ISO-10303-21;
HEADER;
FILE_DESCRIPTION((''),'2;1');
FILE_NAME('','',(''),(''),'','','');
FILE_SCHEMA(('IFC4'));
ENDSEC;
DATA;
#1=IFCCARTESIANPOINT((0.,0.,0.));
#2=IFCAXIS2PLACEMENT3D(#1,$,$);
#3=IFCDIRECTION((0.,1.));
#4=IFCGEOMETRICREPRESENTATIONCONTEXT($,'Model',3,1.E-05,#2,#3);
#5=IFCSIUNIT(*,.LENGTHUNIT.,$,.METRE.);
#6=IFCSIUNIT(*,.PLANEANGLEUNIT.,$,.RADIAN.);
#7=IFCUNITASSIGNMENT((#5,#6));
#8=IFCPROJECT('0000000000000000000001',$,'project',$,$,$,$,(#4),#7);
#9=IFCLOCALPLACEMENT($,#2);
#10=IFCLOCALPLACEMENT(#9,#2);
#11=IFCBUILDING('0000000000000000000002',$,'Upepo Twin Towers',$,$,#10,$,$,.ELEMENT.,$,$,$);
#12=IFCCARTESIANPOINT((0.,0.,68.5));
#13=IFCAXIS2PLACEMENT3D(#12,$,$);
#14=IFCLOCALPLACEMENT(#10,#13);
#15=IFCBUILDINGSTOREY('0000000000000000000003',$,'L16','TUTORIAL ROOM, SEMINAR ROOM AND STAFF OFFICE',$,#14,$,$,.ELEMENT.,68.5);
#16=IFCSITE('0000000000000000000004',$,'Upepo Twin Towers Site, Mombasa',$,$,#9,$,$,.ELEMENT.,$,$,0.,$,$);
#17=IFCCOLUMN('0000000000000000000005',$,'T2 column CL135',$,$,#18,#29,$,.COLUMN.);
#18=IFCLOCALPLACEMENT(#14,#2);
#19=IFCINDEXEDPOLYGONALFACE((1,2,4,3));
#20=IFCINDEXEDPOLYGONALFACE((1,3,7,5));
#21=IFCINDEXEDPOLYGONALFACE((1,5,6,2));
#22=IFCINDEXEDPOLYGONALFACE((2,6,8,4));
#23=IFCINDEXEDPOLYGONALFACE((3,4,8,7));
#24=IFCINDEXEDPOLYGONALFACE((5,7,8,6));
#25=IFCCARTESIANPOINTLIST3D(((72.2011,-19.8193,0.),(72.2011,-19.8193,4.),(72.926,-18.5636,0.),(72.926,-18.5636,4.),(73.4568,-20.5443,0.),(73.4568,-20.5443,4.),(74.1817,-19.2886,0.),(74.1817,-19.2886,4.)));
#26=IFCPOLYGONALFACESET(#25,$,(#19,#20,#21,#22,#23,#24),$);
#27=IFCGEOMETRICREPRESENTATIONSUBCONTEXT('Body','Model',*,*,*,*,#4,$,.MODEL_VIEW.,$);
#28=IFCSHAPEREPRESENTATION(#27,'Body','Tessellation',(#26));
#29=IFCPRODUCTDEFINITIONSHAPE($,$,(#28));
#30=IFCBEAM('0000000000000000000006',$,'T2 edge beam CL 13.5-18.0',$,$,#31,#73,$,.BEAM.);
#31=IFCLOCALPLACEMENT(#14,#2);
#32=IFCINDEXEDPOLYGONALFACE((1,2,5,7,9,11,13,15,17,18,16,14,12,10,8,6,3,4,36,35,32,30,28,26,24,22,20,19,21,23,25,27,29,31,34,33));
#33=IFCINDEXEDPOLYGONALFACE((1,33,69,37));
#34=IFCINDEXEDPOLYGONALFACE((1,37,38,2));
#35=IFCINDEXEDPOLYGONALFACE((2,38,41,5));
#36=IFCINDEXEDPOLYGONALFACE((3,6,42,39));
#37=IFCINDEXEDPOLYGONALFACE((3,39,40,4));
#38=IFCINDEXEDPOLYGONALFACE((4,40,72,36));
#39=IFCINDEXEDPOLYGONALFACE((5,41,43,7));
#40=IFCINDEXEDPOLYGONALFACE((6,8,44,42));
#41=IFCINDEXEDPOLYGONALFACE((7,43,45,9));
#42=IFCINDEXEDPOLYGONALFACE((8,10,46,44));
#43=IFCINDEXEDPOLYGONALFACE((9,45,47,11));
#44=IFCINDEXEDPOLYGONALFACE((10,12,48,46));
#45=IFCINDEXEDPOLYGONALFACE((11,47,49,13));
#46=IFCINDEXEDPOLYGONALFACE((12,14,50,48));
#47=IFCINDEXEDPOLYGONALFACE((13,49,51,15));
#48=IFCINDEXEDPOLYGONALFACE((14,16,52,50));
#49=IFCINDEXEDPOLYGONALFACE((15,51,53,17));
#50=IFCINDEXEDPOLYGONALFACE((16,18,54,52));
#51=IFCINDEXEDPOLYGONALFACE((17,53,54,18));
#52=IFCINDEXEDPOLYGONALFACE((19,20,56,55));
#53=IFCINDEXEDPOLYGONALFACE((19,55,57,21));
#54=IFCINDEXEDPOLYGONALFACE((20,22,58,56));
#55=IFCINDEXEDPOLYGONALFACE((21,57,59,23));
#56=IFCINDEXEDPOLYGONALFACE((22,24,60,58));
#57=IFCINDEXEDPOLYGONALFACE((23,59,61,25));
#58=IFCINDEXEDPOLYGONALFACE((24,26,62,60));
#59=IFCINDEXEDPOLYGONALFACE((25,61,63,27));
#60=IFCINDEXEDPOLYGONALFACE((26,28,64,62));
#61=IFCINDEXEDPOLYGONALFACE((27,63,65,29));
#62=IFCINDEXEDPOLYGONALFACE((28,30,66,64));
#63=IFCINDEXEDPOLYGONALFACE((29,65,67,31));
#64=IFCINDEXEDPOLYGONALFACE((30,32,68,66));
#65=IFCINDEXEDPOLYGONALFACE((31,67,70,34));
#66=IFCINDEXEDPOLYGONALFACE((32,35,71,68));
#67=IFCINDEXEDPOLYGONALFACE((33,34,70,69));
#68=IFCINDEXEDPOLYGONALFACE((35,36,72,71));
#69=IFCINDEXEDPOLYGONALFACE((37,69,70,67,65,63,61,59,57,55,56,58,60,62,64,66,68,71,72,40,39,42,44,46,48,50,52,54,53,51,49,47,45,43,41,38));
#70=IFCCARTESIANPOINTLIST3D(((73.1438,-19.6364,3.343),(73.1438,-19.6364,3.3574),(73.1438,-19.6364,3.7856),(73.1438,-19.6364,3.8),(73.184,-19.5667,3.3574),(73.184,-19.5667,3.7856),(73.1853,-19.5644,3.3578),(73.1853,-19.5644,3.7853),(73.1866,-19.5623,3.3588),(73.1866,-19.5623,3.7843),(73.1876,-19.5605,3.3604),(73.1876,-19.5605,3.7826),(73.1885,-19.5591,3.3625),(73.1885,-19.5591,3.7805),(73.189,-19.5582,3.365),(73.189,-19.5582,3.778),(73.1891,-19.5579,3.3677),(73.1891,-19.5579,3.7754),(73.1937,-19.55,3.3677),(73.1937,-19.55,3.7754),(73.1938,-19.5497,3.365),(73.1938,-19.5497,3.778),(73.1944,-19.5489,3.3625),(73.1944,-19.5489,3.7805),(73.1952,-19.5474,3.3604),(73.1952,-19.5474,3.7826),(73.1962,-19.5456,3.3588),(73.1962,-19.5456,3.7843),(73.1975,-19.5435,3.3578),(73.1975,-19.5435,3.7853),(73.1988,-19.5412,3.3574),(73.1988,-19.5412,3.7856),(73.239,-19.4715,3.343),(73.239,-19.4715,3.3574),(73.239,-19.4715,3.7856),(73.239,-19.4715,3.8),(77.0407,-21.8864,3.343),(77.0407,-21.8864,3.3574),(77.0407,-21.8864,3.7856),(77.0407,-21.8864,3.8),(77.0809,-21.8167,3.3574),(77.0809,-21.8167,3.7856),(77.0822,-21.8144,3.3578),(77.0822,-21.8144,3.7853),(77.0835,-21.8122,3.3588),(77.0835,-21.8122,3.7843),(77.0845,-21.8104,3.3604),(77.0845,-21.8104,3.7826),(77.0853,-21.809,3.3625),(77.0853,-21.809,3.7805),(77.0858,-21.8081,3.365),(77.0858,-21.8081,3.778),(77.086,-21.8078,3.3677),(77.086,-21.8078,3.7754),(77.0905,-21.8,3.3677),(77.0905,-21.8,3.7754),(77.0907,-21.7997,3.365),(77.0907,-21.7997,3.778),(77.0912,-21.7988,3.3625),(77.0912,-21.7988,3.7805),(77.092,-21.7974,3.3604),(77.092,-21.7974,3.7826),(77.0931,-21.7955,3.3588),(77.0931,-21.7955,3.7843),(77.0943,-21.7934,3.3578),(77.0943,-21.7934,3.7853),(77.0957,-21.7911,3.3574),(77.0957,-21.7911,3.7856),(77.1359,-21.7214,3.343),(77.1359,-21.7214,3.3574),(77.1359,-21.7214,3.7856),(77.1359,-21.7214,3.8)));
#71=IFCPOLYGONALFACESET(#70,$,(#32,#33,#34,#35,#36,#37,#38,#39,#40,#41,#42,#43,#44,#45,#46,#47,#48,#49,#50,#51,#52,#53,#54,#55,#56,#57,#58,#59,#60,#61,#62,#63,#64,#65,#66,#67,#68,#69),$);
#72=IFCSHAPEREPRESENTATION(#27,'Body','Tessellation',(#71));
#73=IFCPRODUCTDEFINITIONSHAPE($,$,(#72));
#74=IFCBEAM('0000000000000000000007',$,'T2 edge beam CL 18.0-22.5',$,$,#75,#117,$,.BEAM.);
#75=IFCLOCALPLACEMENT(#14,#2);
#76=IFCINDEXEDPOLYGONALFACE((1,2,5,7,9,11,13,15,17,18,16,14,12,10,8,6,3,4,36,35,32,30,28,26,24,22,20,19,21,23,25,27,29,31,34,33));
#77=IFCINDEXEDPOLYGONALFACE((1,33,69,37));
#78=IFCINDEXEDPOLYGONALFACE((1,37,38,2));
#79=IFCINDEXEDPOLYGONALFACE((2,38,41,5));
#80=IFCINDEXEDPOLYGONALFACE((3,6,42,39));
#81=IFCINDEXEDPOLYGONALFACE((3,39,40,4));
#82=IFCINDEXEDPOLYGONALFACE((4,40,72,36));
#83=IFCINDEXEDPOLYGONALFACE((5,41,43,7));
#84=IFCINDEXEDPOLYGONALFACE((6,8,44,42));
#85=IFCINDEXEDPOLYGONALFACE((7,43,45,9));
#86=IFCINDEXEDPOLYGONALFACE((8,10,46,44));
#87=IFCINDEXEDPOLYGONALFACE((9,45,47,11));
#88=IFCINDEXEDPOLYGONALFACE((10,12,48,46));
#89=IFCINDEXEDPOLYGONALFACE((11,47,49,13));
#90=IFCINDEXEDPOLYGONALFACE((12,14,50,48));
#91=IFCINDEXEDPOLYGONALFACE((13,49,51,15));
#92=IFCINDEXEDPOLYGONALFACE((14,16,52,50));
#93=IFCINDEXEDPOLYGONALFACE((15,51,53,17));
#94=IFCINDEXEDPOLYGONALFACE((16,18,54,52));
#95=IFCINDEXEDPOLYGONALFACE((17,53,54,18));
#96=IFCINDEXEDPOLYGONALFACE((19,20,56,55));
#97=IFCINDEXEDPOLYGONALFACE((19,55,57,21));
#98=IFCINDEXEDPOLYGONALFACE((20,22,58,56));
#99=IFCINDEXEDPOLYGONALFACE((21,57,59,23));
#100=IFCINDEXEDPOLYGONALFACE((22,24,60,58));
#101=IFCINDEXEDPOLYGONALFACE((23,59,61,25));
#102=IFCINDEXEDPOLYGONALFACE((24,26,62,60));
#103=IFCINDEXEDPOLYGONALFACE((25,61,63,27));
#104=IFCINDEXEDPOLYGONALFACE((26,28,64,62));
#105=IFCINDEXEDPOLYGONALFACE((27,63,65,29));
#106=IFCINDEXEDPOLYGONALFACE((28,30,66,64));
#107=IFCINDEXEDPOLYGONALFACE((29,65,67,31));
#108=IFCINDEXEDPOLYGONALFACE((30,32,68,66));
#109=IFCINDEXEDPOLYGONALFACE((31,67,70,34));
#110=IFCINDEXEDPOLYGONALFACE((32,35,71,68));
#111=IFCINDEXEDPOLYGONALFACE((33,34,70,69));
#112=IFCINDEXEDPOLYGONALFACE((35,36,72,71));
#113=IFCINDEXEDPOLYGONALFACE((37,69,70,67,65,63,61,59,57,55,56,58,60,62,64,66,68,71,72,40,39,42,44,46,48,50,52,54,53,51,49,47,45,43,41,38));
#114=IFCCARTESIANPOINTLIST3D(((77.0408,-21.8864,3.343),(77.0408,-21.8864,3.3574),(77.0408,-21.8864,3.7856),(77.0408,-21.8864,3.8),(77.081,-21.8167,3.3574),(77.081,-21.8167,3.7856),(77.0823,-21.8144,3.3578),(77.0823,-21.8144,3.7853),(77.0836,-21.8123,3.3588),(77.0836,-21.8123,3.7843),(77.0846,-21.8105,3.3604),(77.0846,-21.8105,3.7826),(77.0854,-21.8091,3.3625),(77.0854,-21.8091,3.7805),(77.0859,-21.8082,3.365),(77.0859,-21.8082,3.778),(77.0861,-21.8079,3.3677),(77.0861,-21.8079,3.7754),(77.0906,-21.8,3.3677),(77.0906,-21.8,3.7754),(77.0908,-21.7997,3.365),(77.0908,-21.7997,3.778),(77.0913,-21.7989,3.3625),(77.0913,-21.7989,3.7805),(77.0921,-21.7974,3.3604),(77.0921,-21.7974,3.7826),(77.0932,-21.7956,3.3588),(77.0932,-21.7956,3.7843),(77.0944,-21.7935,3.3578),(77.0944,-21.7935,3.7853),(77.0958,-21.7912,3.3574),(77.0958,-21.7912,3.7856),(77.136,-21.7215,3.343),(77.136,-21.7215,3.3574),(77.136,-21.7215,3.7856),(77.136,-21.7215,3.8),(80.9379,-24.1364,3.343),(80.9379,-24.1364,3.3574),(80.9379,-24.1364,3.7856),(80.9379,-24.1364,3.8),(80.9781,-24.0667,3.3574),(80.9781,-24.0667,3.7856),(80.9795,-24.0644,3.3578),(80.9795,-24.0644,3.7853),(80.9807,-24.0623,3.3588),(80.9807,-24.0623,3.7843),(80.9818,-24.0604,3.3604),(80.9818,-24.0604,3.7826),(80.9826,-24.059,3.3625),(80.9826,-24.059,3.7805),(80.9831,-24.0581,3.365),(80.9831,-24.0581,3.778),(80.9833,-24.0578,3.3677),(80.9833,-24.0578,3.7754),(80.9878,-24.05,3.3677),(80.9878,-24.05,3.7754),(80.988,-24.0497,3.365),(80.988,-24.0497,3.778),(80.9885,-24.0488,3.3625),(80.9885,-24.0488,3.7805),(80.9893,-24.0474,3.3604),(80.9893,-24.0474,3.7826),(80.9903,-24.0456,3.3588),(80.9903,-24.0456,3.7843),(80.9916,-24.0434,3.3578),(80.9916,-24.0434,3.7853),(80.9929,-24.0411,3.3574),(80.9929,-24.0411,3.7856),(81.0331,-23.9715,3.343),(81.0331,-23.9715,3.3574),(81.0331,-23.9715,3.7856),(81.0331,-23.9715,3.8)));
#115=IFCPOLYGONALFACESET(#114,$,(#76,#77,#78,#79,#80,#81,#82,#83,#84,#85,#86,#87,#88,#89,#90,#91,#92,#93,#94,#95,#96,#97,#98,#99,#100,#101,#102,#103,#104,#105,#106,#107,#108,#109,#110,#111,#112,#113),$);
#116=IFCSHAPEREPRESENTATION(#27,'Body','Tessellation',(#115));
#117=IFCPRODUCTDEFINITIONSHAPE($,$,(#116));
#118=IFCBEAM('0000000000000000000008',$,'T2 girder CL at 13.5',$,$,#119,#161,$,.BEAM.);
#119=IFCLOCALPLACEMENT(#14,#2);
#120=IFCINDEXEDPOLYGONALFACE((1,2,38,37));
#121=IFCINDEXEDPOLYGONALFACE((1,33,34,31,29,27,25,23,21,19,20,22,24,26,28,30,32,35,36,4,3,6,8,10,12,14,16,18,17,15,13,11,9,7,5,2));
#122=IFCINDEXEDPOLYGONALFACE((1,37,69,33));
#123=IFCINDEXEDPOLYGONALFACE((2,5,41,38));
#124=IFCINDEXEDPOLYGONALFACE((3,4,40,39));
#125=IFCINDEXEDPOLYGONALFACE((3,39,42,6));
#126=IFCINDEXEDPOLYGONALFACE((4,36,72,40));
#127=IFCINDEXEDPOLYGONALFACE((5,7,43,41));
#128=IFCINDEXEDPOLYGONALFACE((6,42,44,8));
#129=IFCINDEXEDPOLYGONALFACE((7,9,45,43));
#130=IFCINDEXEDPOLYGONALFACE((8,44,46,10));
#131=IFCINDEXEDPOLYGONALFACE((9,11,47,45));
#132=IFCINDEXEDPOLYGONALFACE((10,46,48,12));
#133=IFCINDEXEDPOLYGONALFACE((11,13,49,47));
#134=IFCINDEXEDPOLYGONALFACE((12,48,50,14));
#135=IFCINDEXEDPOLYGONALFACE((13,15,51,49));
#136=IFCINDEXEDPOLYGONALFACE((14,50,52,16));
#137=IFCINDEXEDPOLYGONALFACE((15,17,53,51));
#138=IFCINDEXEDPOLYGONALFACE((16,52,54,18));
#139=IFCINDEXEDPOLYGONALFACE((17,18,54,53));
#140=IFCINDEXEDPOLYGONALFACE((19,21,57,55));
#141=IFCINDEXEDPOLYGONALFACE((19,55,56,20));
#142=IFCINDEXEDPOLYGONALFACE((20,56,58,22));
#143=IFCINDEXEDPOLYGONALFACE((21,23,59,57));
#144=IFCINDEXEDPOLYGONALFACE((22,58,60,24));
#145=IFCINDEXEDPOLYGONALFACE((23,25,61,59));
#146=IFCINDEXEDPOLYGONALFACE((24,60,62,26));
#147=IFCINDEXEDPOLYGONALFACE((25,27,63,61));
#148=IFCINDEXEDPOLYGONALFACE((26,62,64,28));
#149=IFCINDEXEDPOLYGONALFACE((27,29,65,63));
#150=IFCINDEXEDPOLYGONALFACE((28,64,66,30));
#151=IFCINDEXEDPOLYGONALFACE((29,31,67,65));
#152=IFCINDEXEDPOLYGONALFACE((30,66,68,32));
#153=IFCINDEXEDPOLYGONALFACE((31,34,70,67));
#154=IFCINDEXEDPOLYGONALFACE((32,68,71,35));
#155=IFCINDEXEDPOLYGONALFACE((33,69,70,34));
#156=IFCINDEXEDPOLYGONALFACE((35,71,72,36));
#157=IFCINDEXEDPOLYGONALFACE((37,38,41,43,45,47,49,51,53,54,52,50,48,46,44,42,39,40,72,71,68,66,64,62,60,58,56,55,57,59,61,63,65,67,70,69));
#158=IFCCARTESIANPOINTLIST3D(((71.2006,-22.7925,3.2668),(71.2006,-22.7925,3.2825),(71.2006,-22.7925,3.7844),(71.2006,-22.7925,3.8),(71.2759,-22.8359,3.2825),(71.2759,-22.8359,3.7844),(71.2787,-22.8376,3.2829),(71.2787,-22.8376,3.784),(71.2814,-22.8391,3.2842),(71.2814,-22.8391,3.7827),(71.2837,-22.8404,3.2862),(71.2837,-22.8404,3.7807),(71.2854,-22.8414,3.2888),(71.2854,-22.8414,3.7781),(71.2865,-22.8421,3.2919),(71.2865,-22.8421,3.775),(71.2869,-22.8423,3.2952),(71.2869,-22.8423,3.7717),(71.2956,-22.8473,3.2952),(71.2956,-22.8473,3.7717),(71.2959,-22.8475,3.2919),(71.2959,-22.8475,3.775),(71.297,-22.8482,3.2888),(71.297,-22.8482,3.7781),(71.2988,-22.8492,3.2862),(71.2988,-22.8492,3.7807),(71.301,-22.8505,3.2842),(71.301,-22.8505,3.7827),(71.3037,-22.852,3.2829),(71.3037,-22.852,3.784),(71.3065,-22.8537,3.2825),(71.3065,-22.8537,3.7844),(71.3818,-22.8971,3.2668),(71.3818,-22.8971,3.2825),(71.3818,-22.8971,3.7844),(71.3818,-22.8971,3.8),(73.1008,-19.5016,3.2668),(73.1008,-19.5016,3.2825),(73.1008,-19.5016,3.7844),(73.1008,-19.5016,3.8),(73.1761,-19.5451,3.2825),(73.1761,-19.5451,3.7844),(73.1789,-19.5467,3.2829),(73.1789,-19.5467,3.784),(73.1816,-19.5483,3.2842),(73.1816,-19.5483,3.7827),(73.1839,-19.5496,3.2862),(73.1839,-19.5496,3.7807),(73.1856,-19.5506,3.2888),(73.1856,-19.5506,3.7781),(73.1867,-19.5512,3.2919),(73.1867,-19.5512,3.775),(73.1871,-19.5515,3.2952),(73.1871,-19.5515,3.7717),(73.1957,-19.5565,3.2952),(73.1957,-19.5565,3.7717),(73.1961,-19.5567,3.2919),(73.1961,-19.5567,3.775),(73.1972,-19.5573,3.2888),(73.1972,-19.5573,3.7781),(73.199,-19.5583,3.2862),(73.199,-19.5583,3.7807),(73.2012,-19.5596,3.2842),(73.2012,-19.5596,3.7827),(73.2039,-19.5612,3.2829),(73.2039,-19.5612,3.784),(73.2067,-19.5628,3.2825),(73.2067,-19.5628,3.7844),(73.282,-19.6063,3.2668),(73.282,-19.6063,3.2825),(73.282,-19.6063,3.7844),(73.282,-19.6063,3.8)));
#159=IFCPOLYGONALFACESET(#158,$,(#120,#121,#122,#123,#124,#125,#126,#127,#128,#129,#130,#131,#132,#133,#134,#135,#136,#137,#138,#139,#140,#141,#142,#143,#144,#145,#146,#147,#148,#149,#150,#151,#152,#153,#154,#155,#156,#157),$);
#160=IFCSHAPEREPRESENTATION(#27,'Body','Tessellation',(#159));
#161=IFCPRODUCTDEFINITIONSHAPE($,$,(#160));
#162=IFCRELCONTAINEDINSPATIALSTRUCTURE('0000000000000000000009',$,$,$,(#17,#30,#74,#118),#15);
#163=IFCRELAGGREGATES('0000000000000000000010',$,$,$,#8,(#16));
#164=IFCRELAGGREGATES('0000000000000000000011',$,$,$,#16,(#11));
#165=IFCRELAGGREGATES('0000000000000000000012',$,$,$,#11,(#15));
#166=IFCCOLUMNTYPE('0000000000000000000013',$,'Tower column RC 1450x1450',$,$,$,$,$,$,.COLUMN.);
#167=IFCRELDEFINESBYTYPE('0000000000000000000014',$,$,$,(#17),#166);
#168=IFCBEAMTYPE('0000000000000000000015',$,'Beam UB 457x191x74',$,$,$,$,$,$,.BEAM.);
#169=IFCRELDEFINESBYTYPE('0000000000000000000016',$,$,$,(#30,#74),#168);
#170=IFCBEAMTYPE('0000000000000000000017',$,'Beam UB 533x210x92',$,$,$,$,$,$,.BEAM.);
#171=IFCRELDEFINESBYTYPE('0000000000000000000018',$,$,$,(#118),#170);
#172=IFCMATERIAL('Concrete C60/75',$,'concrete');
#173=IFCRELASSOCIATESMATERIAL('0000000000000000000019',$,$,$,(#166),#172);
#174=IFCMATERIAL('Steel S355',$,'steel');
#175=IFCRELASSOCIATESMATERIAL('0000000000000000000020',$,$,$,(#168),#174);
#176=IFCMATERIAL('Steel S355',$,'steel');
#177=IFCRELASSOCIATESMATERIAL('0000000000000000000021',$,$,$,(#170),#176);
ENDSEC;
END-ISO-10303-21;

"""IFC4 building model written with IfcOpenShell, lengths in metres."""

from ifc_helpers import new_model, si_unit, direction, frame, origin, origin_2d, place, context, subcontext, project, spatial, rectangle, i_section, extrude, material, material_profile, profile_set, type_object, element, save


model = new_model("IFC4")

# Units and contexts
model_context = context("Model", 3, precision=1e-05, world=origin(), true_north=direction((0.0, 1.0)))
body_context = subcontext(model_context, "Body", "Model", "MODEL_VIEW")
ifc_project = project(units=[si_unit("LENGTHUNIT", "METRE"), si_unit("PLANEANGLEUNIT", "RADIAN")], contexts=[model_context])

# Site, building, storey
site_placement = place(None, origin())
site = spatial("IfcSite", under=ifc_project, at=site_placement, Name="Upepo Twin Towers Site, Mombasa", CompositionType="ELEMENT", RefElevation=0.0)
building_placement = place(site_placement, origin())
building = spatial("IfcBuilding", under=site, at=building_placement, Name="Upepo Twin Towers", CompositionType="ELEMENT")
storey_placement = place(building_placement, frame((0.0, 0.0, 68.5)))
storey = spatial("IfcBuildingStorey", under=building, at=storey_placement, Name="L16", Description="TUTORIAL ROOM, SEMINAR ROOM AND STAFF OFFICE", CompositionType="ELEMENT", Elevation=68.5)

# Column
ifc_material_1 = material(Name="Concrete C60/75", Category="concrete")
ifc_material_profile_1 = material_profile(ifc_material_1, rectangle(XDim=1.45, YDim=1.45, at=origin_2d()), Name="RC 1450x1450")
ifc_profile_set_1 = profile_set([ifc_material_profile_1], Name="Concrete C60/75")
column_type = type_object("IfcColumnType", Name="Tower column RC 1450x1450", PredefinedType="COLUMN", material=ifc_profile_set_1)
column_placement = place(storey_placement, frame((73.1914, -19.554, 0.0), z_axis=(0.0, 0.0, 1.0), x_axis=(0.5, 0.866025, 0.0)))
element("IfcColumn", 1, at=column_placement, inside=storey, type_object=column_type, Name="T2 column CL135", PredefinedType="COLUMN", context=body_context, shape_type="SweptSolid", body=[
    extrude(rectangle(XDim=1.45, YDim=1.45, at=origin_2d()), origin(), (0.0, 0.0, 1.0), 4.0),
])

# Beams
ifc_material_2 = material(Name="Steel S355", Category="steel")
ifc_material_profile_2 = material_profile(ifc_material_2, i_section(OverallWidth=0.1904, OverallDepth=0.457, WebThickness=0.009, FlangeThickness=0.0144, FilletRadius=0.0103, at=origin_2d()), Name="UB 457x191x74")
ifc_profile_set_2 = profile_set([ifc_material_profile_2], Name="Steel S355")
beam_type_1 = type_object("IfcBeamType", Name="Beam UB 457x191x74", PredefinedType="BEAM", material=ifc_profile_set_2)
beam_1_placement = place(storey_placement, frame((73.1914, -19.554, 3.5715), z_axis=(0.866018, -0.500014, 0.0), x_axis=(0.500014, 0.866018, 0.0)))
element("IfcBeam", 2, at=beam_1_placement, inside=storey, type_object=beam_type_1, Name="T2 edge beam CL 13.5-18.0", PredefinedType="BEAM", context=body_context, shape_type="SweptSolid", body=[
    extrude(i_section(OverallWidth=0.1904, OverallDepth=0.457, WebThickness=0.009, FlangeThickness=0.0144, FilletRadius=0.0103, at=origin_2d()), origin(), (0.0, 0.0, 1.0), 4.4998),
])
beam_2_placement = place(storey_placement, frame((77.0884, -21.804, 3.5715), z_axis=(0.866031, -0.49999, 0.0), x_axis=(0.49999, 0.866031, 0.0)))
element("IfcBeam", 3, at=beam_2_placement, inside=storey, type_object=beam_type_1, Name="T2 edge beam CL 18.0-22.5", PredefinedType="BEAM", context=body_context, shape_type="SweptSolid", body=[
    extrude(i_section(OverallWidth=0.1904, OverallDepth=0.457, WebThickness=0.009, FlangeThickness=0.0144, FilletRadius=0.0103, at=origin_2d()), origin(), (0.0, 0.0, 1.0), 4.5),
])
ifc_material_3 = material(Name="Steel S355", Category="steel")
ifc_material_profile_3 = material_profile(ifc_material_3, i_section(OverallWidth=0.2092, OverallDepth=0.5332, WebThickness=0.01, FlangeThickness=0.0156, FilletRadius=0.0127, at=origin_2d()), Name="UB 533x210x92")
ifc_profile_set_3 = profile_set([ifc_material_profile_3], Name="Steel S355")
beam_type_2 = type_object("IfcBeamType", Name="Beam UB 533x210x92", PredefinedType="BEAM", material=ifc_profile_set_3)
beam_3_placement = place(storey_placement, frame((73.1914, -19.554, 3.5334), z_axis=(-0.500043, -0.866, 0.0), x_axis=(0.866, -0.500043, 0.0)))
element("IfcBeam", 4, at=beam_3_placement, inside=storey, type_object=beam_type_2, Name="T2 girder CL at 13.5", PredefinedType="BEAM", context=body_context, shape_type="SweptSolid", body=[
    extrude(i_section(OverallWidth=0.2092, OverallDepth=0.5332, WebThickness=0.01, FlangeThickness=0.0156, FilletRadius=0.0127, at=origin_2d()), origin(), (0.0, 0.0, 1.0), 3.8),
])

save(model, "model.ifc")
